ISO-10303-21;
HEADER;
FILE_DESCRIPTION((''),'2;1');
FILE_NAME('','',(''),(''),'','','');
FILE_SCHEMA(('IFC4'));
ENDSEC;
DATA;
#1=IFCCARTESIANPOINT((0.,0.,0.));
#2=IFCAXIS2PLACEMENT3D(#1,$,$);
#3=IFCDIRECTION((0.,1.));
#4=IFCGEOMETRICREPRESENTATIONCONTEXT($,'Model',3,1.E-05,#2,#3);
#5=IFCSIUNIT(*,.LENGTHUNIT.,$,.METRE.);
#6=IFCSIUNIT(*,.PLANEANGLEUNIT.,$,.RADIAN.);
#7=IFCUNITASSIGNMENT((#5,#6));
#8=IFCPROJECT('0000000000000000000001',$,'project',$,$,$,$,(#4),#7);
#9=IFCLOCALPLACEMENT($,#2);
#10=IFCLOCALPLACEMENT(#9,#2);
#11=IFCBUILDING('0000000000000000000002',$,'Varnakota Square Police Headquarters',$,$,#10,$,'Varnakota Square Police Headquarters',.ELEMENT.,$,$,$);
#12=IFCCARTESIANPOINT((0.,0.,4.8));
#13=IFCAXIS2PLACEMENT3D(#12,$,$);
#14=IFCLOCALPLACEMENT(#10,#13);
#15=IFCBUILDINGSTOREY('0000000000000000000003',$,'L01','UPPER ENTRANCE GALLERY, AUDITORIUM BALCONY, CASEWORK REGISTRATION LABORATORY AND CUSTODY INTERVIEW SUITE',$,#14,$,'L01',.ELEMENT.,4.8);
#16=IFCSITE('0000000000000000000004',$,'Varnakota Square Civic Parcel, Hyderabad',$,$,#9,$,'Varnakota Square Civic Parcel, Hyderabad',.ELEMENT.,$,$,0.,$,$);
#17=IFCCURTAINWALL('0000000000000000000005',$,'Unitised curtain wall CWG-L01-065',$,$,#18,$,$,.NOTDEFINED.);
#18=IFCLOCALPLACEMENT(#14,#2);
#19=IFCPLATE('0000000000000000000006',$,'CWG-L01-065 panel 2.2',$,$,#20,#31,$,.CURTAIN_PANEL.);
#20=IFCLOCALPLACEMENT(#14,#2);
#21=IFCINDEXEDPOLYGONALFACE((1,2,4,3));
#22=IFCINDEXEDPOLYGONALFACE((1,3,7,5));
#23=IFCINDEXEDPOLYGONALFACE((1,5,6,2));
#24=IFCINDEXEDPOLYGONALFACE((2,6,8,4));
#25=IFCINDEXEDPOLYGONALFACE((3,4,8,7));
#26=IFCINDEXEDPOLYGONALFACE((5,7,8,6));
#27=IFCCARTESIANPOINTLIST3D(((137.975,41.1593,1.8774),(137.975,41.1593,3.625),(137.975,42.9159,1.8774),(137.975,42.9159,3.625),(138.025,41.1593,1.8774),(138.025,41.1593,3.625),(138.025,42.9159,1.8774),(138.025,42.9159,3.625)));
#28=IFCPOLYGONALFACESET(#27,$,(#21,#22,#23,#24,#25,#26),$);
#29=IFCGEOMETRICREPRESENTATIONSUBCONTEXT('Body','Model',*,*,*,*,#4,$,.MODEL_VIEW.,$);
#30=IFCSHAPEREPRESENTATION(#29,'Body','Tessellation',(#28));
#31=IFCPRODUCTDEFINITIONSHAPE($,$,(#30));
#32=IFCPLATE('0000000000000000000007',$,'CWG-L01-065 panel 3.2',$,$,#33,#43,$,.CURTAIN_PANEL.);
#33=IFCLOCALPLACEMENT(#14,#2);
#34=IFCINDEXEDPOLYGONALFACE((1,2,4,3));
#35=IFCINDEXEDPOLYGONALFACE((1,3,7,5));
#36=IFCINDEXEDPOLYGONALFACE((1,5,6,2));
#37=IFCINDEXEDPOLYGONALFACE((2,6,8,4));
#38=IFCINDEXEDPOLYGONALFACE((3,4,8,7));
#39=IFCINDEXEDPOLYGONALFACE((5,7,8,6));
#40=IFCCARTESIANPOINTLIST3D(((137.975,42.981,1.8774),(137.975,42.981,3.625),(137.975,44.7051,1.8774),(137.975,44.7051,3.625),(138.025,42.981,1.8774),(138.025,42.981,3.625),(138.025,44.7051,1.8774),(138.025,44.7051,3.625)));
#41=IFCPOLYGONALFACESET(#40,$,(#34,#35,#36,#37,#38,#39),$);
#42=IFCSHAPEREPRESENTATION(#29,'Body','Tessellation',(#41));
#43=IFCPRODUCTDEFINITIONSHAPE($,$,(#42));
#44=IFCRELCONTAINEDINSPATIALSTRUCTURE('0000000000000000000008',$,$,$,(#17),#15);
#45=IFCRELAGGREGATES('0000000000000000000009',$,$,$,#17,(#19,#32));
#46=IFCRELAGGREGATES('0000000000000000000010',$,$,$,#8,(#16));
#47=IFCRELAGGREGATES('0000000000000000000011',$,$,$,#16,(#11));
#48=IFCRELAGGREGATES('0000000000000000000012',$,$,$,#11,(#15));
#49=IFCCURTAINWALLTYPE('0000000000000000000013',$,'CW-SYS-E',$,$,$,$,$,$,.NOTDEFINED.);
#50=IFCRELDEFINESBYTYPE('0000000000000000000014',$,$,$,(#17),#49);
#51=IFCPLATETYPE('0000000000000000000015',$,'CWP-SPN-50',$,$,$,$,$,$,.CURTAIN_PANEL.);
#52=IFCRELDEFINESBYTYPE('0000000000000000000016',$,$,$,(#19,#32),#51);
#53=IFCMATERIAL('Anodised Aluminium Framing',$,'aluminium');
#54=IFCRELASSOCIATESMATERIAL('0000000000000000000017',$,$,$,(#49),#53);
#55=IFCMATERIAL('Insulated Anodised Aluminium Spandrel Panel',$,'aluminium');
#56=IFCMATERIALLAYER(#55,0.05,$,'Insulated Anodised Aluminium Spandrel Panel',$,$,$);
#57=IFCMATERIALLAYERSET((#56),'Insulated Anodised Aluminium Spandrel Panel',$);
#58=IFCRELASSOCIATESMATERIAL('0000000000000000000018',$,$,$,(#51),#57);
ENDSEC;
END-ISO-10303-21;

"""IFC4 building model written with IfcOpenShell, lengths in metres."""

from ifc_helpers import new_model, si_unit, direction, frame, origin, origin_2d, place, context, subcontext, project, spatial, rectangle, extrude, material, layer, layer_set, type_object, element, aggregate, save


model = new_model("IFC4")

# Units and contexts
model_context = context("Model", 3, precision=1e-05, world=origin(), true_north=direction((0.0, 1.0)))
body_context = subcontext(model_context, "Body", "Model", "MODEL_VIEW")
ifc_project = project(units=[si_unit("LENGTHUNIT", "METRE"), si_unit("PLANEANGLEUNIT", "RADIAN")], contexts=[model_context])

# Site, building, storey
site_placement = place(None, origin())
site = spatial("IfcSite", under=ifc_project, at=site_placement, Name="Varnakota Square Civic Parcel, Hyderabad", LongName="Varnakota Square Civic Parcel, Hyderabad", CompositionType="ELEMENT", RefElevation=0.0)
building_placement = place(site_placement, origin())
building = spatial("IfcBuilding", under=site, at=building_placement, Name="Varnakota Square Police Headquarters", LongName="Varnakota Square Police Headquarters", CompositionType="ELEMENT")
storey_placement = place(building_placement, frame((0.0, 0.0, 4.8)))
storey = spatial("IfcBuildingStorey", under=building, at=storey_placement, Name="L01", Description="UPPER ENTRANCE GALLERY, AUDITORIUM BALCONY, CASEWORK REGISTRATION LABORATORY AND CUSTODY INTERVIEW SUITE", LongName="L01", CompositionType="ELEMENT", Elevation=4.8)

# Curtain wall, plates
ifc_material_1 = material(Name="Anodised Aluminium Framing", Category="aluminium")
curtain_wall_type = type_object("IfcCurtainWallType", Name="CW-SYS-E", PredefinedType="NOTDEFINED", material=ifc_material_1)
curtain_wall_placement = place(storey_placement, origin())
curtain_wall = element("IfcCurtainWall", 1, at=curtain_wall_placement, inside=storey, type_object=curtain_wall_type, Name="Unitised curtain wall CWG-L01-065", PredefinedType="NOTDEFINED")
ifc_material_2 = material(Name="Insulated Anodised Aluminium Spandrel Panel", Category="aluminium")
ifc_layer_1 = layer(ifc_material_2, 0.05, Name="Insulated Anodised Aluminium Spandrel Panel")
ifc_layer_set_1 = layer_set([ifc_layer_1], Name="Insulated Anodised Aluminium Spandrel Panel")
plate_type_1 = type_object("IfcPlateType", Name="CWP-SPN-50", PredefinedType="CURTAIN_PANEL", material=ifc_layer_set_1)
plate_1_placement = place(storey_placement, frame((138.0, 42.0376, 1.8774), z_axis=(0.0, 0.0, 1.0), x_axis=(0.0, 1.0, 0.0)))
plate_1 = element("IfcPlate", 2, at=plate_1_placement, type_object=plate_type_1, Name="CWG-L01-065 panel 2.2", PredefinedType="CURTAIN_PANEL", context=body_context, shape_type="SweptSolid", body=[
    extrude(rectangle(XDim=1.7566, YDim=0.05, at=origin_2d()), origin(), (0.0, 0.0, 1.0), 1.7476),
])
plate_2_placement = place(storey_placement, frame((138.0, 43.843, 1.8774), z_axis=(0.0, 0.0, 1.0), x_axis=(0.0, 1.0, 0.0)))
plate_2 = element("IfcPlate", 3, at=plate_2_placement, type_object=plate_type_1, Name="CWG-L01-065 panel 3.2", PredefinedType="CURTAIN_PANEL", context=body_context, shape_type="SweptSolid", body=[
    extrude(rectangle(XDim=1.7241, YDim=0.05, at=origin_2d()), origin(), (0.0, 0.0, 1.0), 1.7476),
])
aggregate(curtain_wall, [plate_1, plate_2])

save(model, "model.ifc")
